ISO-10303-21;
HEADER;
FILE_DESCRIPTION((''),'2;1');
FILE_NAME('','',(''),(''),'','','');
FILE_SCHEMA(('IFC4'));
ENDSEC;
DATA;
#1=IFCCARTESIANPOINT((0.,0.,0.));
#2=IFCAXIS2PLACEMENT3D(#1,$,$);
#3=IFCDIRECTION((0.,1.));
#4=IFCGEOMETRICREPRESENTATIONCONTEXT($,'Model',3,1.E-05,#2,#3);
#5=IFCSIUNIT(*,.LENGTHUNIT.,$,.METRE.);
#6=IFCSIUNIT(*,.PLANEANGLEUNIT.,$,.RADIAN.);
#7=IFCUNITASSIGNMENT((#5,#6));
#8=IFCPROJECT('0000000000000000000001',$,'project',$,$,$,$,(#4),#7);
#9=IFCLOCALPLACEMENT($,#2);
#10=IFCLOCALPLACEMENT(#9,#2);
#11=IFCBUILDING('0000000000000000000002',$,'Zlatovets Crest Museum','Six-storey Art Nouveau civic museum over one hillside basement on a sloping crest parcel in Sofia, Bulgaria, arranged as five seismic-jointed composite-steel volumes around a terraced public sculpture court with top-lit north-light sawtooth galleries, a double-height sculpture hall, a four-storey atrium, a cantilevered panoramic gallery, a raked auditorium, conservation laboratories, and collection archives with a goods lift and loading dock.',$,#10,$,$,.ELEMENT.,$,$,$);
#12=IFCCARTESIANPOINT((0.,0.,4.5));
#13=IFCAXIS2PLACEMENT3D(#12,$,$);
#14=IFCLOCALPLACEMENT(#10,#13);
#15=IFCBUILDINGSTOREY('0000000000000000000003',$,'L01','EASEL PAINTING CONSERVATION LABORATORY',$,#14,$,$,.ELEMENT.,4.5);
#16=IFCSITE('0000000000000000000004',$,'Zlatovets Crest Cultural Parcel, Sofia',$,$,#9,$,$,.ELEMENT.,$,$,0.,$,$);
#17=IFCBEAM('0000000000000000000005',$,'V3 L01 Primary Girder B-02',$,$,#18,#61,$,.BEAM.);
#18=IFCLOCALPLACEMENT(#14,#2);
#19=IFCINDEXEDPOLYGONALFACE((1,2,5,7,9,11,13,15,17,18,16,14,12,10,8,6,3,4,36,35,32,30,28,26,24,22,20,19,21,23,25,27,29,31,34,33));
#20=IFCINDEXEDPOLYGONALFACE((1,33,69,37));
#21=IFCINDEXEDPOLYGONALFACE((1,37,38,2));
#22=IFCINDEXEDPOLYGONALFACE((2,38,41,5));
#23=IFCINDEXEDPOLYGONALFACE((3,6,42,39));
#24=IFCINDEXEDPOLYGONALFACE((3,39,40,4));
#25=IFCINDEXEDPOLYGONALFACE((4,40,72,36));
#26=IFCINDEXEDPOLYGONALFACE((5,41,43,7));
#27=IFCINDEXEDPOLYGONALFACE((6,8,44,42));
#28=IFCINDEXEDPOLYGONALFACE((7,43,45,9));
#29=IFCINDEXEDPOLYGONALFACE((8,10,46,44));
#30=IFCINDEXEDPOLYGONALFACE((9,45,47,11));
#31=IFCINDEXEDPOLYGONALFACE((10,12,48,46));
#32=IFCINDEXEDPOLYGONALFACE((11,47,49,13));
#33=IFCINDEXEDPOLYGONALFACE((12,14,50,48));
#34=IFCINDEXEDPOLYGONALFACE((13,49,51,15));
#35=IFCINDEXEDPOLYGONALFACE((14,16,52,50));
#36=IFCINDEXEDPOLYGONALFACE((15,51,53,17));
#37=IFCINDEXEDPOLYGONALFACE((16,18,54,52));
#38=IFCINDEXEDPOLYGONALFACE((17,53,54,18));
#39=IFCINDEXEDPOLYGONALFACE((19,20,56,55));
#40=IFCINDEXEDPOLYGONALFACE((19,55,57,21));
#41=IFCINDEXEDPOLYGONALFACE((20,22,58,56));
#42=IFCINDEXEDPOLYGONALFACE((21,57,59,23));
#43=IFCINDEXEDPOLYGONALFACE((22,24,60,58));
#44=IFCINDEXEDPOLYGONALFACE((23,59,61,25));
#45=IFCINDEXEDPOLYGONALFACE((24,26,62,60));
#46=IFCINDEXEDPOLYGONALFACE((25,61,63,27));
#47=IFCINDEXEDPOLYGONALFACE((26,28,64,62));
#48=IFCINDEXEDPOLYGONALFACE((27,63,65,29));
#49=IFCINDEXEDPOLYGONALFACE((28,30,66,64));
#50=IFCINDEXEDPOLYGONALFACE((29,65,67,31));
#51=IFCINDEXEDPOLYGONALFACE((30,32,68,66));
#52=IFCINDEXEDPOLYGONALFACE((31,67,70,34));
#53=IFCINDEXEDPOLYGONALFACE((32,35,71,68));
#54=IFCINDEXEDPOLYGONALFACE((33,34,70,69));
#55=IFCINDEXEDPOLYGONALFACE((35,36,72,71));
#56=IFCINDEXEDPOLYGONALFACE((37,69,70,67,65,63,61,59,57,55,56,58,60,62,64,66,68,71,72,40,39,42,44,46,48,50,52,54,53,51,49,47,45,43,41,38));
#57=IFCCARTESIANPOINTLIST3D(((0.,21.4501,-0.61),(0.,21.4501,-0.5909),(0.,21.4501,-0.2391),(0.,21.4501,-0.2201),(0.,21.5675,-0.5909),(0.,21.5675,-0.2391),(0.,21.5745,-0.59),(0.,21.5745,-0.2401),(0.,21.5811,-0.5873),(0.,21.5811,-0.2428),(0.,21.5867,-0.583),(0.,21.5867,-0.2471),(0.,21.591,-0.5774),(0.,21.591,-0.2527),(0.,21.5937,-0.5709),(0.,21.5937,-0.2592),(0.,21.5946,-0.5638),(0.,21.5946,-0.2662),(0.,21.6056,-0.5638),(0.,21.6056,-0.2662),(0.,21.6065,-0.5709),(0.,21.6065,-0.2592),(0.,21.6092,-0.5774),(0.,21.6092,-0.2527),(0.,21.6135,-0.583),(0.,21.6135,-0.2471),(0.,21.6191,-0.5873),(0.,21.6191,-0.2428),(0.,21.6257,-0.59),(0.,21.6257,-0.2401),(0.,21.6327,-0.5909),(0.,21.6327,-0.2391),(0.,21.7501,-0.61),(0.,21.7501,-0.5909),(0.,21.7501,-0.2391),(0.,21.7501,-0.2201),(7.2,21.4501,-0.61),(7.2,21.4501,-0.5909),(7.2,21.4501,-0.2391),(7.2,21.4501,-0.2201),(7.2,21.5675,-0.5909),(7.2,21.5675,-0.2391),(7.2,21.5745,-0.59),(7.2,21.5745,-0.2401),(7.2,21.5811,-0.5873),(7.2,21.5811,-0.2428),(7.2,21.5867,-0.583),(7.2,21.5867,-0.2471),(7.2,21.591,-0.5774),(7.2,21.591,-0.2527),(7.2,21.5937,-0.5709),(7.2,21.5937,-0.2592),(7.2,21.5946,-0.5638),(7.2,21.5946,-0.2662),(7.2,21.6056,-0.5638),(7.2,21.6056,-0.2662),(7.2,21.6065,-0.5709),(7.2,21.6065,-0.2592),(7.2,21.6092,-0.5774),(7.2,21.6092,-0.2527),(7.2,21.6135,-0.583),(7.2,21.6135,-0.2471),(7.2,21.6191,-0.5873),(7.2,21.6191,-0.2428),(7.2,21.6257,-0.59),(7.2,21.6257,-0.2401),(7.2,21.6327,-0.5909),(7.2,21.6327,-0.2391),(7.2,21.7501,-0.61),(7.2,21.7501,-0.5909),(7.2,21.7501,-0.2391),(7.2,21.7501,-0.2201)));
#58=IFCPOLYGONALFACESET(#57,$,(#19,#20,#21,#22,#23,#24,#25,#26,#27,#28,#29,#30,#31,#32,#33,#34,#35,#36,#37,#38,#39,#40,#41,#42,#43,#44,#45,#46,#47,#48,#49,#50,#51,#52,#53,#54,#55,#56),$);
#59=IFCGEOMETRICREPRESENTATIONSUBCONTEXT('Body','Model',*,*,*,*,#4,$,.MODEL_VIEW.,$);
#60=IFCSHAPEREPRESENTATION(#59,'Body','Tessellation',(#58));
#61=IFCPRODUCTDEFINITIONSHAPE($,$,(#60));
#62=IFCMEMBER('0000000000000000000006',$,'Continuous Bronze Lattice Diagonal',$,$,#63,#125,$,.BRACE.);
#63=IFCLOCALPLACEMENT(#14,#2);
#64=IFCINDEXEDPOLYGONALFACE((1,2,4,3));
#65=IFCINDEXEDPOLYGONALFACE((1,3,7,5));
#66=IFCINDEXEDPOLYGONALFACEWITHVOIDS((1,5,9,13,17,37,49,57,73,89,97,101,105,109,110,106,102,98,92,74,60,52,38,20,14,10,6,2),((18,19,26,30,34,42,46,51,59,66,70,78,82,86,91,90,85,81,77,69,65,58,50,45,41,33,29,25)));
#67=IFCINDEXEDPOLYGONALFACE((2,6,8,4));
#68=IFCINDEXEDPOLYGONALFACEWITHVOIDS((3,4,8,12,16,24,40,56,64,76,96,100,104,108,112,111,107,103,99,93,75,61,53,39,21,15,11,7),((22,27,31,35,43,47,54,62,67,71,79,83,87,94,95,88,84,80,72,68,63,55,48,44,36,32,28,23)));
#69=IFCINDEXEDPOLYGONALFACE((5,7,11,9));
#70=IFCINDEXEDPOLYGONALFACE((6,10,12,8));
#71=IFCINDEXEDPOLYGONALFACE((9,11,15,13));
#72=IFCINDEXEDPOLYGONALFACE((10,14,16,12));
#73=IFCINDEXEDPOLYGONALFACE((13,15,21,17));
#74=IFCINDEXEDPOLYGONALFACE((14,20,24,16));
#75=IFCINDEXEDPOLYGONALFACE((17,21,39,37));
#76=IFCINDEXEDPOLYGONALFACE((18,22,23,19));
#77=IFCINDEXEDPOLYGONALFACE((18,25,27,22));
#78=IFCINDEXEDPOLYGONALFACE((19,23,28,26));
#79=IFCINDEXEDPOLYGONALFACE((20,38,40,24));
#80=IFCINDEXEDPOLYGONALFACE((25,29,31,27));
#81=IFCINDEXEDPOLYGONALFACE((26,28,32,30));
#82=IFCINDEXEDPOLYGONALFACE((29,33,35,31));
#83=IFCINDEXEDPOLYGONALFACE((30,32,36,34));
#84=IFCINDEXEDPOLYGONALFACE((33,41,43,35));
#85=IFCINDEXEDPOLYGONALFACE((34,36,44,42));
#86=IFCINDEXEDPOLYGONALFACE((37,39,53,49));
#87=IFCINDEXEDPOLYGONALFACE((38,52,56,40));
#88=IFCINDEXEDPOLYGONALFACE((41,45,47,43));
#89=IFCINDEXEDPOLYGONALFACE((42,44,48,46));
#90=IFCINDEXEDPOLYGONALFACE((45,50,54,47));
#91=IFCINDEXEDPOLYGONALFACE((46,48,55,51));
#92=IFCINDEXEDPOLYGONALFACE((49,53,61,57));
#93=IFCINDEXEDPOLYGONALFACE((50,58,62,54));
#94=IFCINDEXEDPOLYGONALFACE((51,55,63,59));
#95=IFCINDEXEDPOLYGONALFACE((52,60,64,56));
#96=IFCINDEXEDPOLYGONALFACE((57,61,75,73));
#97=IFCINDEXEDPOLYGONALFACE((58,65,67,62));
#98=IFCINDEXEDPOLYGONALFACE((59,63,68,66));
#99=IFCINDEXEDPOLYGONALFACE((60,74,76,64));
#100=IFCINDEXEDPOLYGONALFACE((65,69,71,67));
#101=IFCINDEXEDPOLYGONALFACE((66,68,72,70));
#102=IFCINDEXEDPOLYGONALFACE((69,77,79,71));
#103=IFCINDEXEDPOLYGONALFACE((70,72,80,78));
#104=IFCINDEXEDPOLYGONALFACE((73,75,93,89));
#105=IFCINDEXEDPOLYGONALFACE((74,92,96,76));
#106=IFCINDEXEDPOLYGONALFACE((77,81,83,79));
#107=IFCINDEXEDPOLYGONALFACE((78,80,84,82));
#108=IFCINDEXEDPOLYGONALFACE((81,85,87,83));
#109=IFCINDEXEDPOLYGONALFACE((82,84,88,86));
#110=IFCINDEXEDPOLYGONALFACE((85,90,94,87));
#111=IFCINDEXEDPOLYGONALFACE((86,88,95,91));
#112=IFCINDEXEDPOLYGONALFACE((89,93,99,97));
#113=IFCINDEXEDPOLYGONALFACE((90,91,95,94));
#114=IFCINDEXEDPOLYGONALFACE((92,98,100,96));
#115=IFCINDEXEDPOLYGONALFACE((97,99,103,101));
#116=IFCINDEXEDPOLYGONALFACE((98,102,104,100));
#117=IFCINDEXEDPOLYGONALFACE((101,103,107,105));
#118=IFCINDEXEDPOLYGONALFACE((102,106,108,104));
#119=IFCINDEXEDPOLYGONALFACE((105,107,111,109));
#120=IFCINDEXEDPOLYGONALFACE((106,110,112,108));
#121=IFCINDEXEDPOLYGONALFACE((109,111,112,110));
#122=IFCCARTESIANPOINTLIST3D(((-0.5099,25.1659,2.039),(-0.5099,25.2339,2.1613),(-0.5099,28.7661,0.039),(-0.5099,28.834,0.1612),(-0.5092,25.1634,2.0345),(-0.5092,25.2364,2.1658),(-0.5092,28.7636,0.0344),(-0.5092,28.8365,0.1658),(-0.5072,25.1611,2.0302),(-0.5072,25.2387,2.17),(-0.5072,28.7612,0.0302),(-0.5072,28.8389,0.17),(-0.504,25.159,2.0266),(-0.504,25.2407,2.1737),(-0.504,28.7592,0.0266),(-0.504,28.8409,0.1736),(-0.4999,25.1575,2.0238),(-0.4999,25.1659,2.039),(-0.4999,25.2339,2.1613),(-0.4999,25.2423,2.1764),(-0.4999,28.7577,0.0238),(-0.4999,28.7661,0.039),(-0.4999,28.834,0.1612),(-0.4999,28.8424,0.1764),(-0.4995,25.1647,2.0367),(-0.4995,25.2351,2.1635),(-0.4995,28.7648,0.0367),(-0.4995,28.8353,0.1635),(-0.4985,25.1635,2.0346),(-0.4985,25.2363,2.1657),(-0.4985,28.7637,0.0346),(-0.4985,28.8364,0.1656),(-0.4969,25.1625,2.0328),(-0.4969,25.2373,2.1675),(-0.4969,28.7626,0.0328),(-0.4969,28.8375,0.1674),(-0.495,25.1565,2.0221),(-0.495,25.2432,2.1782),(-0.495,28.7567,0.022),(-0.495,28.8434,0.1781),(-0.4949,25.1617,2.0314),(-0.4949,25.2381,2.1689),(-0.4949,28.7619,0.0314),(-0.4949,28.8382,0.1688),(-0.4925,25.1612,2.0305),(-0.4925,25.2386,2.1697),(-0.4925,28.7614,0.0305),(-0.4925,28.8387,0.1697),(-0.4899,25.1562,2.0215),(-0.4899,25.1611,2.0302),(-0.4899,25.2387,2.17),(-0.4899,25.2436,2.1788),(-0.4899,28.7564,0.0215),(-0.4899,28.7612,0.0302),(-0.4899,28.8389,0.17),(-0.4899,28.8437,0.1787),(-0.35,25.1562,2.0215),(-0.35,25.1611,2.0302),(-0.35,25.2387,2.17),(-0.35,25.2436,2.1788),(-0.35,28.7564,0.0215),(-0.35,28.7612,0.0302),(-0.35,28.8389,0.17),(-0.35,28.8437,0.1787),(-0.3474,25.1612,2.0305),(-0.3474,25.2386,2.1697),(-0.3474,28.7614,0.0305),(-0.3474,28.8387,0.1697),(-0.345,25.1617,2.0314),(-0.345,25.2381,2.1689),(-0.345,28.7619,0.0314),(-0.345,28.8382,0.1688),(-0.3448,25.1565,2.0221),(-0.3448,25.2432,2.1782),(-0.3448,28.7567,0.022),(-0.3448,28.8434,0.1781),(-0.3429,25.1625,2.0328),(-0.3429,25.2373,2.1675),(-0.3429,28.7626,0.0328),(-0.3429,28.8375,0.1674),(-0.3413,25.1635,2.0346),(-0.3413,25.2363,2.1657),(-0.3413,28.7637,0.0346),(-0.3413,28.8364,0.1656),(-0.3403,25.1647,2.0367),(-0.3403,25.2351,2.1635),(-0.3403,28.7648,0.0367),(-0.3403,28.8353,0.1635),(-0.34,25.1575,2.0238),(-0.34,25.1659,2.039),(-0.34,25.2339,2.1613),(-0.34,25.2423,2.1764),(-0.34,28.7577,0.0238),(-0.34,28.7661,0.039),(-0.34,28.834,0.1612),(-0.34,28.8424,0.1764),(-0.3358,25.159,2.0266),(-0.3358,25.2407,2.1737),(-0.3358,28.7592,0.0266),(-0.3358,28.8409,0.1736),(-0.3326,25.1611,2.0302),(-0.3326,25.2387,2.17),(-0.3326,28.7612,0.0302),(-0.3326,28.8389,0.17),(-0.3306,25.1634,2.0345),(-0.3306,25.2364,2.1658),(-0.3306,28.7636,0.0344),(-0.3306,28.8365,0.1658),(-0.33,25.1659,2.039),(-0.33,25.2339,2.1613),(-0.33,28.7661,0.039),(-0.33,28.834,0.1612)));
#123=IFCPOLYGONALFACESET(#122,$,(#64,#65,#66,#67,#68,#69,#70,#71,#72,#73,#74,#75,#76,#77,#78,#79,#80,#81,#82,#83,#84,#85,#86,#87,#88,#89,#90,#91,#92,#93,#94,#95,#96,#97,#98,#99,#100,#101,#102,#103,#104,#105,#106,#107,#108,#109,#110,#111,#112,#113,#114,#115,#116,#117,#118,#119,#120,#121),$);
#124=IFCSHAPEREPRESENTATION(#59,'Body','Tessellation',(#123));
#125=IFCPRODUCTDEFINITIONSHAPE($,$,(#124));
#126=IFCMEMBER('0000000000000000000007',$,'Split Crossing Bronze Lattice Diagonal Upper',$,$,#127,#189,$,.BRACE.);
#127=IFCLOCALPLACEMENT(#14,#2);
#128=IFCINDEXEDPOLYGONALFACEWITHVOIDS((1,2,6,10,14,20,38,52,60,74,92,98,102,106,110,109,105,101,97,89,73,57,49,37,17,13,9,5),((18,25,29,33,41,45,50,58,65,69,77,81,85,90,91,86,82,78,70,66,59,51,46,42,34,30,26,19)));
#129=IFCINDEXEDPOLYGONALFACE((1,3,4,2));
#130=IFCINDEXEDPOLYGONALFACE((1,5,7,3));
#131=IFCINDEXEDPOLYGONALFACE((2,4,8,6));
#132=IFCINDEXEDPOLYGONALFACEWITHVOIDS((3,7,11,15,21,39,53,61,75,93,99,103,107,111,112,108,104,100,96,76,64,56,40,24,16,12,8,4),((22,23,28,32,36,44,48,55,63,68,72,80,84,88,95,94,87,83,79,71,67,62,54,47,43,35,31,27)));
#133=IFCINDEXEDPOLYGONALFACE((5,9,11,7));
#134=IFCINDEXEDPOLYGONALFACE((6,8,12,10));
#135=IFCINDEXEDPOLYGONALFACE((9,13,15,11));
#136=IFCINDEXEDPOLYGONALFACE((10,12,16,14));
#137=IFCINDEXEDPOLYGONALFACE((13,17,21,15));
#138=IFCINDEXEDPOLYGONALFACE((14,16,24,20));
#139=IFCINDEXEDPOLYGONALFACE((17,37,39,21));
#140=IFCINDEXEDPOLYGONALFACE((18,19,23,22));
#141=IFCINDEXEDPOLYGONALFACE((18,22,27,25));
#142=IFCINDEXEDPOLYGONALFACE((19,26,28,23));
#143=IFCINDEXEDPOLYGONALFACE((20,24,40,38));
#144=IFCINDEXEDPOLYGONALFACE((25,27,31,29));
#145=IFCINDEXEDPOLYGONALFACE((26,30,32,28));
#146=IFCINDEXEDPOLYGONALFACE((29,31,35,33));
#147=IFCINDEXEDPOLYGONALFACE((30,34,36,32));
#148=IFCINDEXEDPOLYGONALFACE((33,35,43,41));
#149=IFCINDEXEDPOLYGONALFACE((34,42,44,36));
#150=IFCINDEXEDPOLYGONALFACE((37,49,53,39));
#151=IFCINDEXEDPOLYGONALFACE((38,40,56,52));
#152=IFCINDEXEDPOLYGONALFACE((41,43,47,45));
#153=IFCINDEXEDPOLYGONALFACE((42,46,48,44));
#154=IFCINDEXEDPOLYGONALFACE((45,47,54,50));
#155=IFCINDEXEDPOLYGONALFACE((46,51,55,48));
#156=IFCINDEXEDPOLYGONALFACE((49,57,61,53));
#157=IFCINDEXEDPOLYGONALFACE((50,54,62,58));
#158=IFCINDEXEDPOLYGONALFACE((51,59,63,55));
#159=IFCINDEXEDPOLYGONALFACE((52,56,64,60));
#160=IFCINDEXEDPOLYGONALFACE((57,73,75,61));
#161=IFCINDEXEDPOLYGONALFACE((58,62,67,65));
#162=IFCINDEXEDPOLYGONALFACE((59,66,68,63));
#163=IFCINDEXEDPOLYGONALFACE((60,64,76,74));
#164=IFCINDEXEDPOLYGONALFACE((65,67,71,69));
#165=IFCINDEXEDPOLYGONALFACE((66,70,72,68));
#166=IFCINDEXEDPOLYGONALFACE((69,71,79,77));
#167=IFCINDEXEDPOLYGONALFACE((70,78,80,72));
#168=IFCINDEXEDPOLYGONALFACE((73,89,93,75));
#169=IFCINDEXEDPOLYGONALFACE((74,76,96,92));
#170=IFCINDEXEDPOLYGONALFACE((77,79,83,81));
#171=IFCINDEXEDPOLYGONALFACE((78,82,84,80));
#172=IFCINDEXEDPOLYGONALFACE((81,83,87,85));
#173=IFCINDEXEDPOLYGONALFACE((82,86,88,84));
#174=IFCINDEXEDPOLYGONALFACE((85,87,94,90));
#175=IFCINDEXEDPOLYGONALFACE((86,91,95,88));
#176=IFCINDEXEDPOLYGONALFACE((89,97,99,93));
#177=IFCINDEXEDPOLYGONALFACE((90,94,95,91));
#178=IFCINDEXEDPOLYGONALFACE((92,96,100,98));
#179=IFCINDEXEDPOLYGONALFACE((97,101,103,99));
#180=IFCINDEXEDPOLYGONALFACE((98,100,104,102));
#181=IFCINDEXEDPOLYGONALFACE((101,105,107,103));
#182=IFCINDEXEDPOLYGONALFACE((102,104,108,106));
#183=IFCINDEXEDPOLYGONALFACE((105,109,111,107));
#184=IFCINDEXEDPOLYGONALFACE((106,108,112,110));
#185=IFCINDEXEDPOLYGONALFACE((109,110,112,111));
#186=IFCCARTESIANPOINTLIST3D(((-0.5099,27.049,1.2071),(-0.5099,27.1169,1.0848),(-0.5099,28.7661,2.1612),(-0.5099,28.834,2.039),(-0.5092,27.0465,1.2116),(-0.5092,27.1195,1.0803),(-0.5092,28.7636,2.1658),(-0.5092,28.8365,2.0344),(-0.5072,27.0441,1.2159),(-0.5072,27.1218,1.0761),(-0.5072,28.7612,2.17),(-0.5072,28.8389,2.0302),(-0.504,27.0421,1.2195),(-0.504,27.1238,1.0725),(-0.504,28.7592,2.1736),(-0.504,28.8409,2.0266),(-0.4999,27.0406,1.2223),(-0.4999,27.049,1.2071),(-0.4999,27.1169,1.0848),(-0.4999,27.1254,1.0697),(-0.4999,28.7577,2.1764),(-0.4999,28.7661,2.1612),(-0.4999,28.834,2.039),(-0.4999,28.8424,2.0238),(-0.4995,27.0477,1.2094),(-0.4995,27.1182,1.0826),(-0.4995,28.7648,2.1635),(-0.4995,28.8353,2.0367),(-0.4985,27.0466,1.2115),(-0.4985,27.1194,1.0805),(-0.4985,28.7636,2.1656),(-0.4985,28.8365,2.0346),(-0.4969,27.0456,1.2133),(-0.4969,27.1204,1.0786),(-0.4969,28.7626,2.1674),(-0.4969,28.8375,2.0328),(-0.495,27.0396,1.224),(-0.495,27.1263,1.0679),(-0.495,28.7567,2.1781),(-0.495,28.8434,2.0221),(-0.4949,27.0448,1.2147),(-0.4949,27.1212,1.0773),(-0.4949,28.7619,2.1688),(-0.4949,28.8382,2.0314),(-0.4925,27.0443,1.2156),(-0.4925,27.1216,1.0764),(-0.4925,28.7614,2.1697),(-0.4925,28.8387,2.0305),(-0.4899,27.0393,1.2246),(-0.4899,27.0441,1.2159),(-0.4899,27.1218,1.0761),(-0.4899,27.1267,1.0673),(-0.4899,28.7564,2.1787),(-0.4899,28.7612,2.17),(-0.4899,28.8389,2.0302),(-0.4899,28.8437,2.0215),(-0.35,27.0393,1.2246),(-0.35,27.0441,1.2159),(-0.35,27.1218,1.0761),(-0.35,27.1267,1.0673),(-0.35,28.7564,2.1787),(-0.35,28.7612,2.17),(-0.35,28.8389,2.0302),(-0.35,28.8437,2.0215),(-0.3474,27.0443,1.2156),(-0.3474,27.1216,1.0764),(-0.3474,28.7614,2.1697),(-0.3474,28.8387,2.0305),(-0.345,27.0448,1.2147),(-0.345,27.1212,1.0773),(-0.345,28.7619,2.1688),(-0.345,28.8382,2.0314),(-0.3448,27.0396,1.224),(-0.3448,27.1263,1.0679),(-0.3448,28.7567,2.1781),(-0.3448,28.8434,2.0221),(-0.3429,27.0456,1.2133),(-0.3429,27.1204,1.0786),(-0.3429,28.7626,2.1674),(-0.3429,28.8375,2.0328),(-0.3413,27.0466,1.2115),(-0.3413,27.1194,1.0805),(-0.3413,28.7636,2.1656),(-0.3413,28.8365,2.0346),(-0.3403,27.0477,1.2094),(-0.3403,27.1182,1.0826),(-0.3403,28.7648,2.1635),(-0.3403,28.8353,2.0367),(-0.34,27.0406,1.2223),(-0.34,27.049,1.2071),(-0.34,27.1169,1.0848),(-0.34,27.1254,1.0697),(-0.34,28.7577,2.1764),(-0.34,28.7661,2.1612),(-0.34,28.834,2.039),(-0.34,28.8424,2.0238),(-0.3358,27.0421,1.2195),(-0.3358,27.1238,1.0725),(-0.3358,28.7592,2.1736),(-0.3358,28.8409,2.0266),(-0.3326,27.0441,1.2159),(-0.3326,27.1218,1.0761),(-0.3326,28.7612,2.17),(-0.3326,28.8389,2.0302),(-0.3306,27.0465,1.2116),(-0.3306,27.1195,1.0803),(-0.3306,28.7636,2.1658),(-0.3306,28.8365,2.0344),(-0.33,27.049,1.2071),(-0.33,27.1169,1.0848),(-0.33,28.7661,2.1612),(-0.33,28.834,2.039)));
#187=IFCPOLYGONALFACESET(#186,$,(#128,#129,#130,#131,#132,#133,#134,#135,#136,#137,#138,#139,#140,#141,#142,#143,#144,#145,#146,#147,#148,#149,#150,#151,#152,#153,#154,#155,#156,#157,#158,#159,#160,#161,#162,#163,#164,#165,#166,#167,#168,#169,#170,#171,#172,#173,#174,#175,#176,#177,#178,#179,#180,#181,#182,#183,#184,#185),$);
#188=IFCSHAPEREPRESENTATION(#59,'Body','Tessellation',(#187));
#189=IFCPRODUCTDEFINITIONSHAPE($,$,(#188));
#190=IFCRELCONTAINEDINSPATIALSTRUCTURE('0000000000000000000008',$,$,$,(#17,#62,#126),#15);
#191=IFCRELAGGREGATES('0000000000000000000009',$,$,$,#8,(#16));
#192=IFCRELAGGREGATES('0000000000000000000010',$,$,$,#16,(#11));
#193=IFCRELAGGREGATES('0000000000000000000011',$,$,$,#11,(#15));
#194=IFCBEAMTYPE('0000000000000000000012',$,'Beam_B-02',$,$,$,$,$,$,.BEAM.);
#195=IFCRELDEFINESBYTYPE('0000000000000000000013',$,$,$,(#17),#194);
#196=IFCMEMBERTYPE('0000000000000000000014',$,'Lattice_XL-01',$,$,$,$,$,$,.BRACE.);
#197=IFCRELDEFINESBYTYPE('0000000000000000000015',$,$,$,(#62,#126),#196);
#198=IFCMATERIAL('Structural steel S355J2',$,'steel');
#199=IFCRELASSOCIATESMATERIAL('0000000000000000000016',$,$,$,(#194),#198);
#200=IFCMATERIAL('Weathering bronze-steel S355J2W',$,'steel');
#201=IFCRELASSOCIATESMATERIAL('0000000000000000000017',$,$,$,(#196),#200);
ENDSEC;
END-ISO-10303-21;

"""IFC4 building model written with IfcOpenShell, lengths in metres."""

from ifc_helpers import new_model, si_unit, direction, frame, origin, origin_2d, place, context, subcontext, project, spatial, hollow_rectangle, i_section, extrude, material, material_profile, profile_set, type_object, element, save


model = new_model("IFC4")

# Units and contexts
model_context = context("Model", 3, precision=1e-05, world=origin(), true_north=direction((0.0, 1.0)))
body_context = subcontext(model_context, "Body", "Model", "MODEL_VIEW")
ifc_project = project(units=[si_unit("LENGTHUNIT", "METRE"), si_unit("PLANEANGLEUNIT", "RADIAN")], contexts=[model_context])

# Site, building, storey
site_placement = place(None, origin())
site = spatial("IfcSite", under=ifc_project, at=site_placement, Name="Zlatovets Crest Cultural Parcel, Sofia", CompositionType="ELEMENT", RefElevation=0.0)
building_placement = place(site_placement, origin())
building = spatial("IfcBuilding", under=site, at=building_placement, Name="Zlatovets Crest Museum", Description="Six-storey Art Nouveau civic museum over one hillside basement on a sloping crest parcel in Sofia, Bulgaria, arranged as five seismic-jointed composite-steel volumes around a terraced public sculpture court with top-lit north-light sawtooth galleries, a double-height sculpture hall, a four-storey atrium, a cantilevered panoramic gallery, a raked auditorium, conservation laboratories, and collection archives with a goods lift and loading dock.", CompositionType="ELEMENT")
storey_placement = place(building_placement, frame((0.0, 0.0, 4.5)))
storey = spatial("IfcBuildingStorey", under=building, at=storey_placement, Name="L01", Description="EASEL PAINTING CONSERVATION LABORATORY", CompositionType="ELEMENT", Elevation=4.5)

# Beam
ifc_material_1 = material(Name="Structural steel S355J2", Category="steel")
ifc_material_profile_1 = material_profile(ifc_material_1, i_section(OverallWidth=0.3, OverallDepth=0.3899, WebThickness=0.011, FlangeThickness=0.019, FilletRadius=0.0271, at=origin_2d()), Name="HEA 400")
ifc_profile_set_1 = profile_set([ifc_material_profile_1], Name="Structural steel S355J2")
beam_type = type_object("IfcBeamType", Name="Beam_B-02", PredefinedType="BEAM", material=ifc_profile_set_1)
beam_placement = place(storey_placement, frame((0.0, 21.6001, -0.415), z_axis=(1.0, 0.0, 0.0), x_axis=(0.0, 1.0, 0.0)))
element("IfcBeam", 1, at=beam_placement, inside=storey, type_object=beam_type, Name="V3 L01 Primary Girder B-02", PredefinedType="BEAM", context=body_context, shape_type="SweptSolid", body=[
    extrude(i_section(OverallWidth=0.3, OverallDepth=0.3899, WebThickness=0.011, FlangeThickness=0.019, FilletRadius=0.0271, at=origin_2d()), origin(), (0.0, 0.0, 1.0), 7.2),
])

# Members
ifc_material_2 = material(Name="Weathering bronze-steel S355J2W", Category="steel")
ifc_material_profile_2 = material_profile(ifc_material_2, hollow_rectangle(XDim=0.1799, YDim=0.1799, WallThickness=0.01, InnerFilletRadius=0.01, OuterFilletRadius=0.02, at=origin_2d()), Name="SHS 180x180x10.0")
ifc_profile_set_2 = profile_set([ifc_material_profile_2], Name="Weathering bronze-steel S355J2W")
member_type_1 = type_object("IfcMemberType", Name="Lattice_XL-01", PredefinedType="BRACE", material=ifc_profile_set_2)
member_1_placement = place(storey_placement, frame((-0.4199, 28.8, 0.1001), z_axis=(0.0, -0.874163, 0.485633), x_axis=(1.0, 0.0, 0.0)))
element("IfcMember", 2, at=member_1_placement, inside=storey, type_object=member_type_1, Name="Continuous Bronze Lattice Diagonal", PredefinedType="BRACE", context=body_context, shape_type="SweptSolid", body=[
    extrude(hollow_rectangle(XDim=0.1799, YDim=0.1799, WallThickness=0.01, InnerFilletRadius=0.01, OuterFilletRadius=0.02, at=origin_2d()), origin(), (0.0, 0.0, 1.0), 4.1184),
])
member_2_placement = place(storey_placement, frame((-0.4199, 28.8, 2.1001), z_axis=(0.0, -0.874116, -0.485717), x_axis=(1.0, 0.0, 0.0)))
element("IfcMember", 3, at=member_2_placement, inside=storey, type_object=member_type_1, Name="Split Crossing Bronze Lattice Diagonal Upper", PredefinedType="BRACE", context=body_context, shape_type="SweptSolid", body=[
    extrude(hollow_rectangle(XDim=0.1799, YDim=0.1799, WallThickness=0.01, InnerFilletRadius=0.01, OuterFilletRadius=0.02, at=origin_2d()), origin(), (0.0, 0.0, 1.0), 1.9644),
])

save(model, "model.ifc")
